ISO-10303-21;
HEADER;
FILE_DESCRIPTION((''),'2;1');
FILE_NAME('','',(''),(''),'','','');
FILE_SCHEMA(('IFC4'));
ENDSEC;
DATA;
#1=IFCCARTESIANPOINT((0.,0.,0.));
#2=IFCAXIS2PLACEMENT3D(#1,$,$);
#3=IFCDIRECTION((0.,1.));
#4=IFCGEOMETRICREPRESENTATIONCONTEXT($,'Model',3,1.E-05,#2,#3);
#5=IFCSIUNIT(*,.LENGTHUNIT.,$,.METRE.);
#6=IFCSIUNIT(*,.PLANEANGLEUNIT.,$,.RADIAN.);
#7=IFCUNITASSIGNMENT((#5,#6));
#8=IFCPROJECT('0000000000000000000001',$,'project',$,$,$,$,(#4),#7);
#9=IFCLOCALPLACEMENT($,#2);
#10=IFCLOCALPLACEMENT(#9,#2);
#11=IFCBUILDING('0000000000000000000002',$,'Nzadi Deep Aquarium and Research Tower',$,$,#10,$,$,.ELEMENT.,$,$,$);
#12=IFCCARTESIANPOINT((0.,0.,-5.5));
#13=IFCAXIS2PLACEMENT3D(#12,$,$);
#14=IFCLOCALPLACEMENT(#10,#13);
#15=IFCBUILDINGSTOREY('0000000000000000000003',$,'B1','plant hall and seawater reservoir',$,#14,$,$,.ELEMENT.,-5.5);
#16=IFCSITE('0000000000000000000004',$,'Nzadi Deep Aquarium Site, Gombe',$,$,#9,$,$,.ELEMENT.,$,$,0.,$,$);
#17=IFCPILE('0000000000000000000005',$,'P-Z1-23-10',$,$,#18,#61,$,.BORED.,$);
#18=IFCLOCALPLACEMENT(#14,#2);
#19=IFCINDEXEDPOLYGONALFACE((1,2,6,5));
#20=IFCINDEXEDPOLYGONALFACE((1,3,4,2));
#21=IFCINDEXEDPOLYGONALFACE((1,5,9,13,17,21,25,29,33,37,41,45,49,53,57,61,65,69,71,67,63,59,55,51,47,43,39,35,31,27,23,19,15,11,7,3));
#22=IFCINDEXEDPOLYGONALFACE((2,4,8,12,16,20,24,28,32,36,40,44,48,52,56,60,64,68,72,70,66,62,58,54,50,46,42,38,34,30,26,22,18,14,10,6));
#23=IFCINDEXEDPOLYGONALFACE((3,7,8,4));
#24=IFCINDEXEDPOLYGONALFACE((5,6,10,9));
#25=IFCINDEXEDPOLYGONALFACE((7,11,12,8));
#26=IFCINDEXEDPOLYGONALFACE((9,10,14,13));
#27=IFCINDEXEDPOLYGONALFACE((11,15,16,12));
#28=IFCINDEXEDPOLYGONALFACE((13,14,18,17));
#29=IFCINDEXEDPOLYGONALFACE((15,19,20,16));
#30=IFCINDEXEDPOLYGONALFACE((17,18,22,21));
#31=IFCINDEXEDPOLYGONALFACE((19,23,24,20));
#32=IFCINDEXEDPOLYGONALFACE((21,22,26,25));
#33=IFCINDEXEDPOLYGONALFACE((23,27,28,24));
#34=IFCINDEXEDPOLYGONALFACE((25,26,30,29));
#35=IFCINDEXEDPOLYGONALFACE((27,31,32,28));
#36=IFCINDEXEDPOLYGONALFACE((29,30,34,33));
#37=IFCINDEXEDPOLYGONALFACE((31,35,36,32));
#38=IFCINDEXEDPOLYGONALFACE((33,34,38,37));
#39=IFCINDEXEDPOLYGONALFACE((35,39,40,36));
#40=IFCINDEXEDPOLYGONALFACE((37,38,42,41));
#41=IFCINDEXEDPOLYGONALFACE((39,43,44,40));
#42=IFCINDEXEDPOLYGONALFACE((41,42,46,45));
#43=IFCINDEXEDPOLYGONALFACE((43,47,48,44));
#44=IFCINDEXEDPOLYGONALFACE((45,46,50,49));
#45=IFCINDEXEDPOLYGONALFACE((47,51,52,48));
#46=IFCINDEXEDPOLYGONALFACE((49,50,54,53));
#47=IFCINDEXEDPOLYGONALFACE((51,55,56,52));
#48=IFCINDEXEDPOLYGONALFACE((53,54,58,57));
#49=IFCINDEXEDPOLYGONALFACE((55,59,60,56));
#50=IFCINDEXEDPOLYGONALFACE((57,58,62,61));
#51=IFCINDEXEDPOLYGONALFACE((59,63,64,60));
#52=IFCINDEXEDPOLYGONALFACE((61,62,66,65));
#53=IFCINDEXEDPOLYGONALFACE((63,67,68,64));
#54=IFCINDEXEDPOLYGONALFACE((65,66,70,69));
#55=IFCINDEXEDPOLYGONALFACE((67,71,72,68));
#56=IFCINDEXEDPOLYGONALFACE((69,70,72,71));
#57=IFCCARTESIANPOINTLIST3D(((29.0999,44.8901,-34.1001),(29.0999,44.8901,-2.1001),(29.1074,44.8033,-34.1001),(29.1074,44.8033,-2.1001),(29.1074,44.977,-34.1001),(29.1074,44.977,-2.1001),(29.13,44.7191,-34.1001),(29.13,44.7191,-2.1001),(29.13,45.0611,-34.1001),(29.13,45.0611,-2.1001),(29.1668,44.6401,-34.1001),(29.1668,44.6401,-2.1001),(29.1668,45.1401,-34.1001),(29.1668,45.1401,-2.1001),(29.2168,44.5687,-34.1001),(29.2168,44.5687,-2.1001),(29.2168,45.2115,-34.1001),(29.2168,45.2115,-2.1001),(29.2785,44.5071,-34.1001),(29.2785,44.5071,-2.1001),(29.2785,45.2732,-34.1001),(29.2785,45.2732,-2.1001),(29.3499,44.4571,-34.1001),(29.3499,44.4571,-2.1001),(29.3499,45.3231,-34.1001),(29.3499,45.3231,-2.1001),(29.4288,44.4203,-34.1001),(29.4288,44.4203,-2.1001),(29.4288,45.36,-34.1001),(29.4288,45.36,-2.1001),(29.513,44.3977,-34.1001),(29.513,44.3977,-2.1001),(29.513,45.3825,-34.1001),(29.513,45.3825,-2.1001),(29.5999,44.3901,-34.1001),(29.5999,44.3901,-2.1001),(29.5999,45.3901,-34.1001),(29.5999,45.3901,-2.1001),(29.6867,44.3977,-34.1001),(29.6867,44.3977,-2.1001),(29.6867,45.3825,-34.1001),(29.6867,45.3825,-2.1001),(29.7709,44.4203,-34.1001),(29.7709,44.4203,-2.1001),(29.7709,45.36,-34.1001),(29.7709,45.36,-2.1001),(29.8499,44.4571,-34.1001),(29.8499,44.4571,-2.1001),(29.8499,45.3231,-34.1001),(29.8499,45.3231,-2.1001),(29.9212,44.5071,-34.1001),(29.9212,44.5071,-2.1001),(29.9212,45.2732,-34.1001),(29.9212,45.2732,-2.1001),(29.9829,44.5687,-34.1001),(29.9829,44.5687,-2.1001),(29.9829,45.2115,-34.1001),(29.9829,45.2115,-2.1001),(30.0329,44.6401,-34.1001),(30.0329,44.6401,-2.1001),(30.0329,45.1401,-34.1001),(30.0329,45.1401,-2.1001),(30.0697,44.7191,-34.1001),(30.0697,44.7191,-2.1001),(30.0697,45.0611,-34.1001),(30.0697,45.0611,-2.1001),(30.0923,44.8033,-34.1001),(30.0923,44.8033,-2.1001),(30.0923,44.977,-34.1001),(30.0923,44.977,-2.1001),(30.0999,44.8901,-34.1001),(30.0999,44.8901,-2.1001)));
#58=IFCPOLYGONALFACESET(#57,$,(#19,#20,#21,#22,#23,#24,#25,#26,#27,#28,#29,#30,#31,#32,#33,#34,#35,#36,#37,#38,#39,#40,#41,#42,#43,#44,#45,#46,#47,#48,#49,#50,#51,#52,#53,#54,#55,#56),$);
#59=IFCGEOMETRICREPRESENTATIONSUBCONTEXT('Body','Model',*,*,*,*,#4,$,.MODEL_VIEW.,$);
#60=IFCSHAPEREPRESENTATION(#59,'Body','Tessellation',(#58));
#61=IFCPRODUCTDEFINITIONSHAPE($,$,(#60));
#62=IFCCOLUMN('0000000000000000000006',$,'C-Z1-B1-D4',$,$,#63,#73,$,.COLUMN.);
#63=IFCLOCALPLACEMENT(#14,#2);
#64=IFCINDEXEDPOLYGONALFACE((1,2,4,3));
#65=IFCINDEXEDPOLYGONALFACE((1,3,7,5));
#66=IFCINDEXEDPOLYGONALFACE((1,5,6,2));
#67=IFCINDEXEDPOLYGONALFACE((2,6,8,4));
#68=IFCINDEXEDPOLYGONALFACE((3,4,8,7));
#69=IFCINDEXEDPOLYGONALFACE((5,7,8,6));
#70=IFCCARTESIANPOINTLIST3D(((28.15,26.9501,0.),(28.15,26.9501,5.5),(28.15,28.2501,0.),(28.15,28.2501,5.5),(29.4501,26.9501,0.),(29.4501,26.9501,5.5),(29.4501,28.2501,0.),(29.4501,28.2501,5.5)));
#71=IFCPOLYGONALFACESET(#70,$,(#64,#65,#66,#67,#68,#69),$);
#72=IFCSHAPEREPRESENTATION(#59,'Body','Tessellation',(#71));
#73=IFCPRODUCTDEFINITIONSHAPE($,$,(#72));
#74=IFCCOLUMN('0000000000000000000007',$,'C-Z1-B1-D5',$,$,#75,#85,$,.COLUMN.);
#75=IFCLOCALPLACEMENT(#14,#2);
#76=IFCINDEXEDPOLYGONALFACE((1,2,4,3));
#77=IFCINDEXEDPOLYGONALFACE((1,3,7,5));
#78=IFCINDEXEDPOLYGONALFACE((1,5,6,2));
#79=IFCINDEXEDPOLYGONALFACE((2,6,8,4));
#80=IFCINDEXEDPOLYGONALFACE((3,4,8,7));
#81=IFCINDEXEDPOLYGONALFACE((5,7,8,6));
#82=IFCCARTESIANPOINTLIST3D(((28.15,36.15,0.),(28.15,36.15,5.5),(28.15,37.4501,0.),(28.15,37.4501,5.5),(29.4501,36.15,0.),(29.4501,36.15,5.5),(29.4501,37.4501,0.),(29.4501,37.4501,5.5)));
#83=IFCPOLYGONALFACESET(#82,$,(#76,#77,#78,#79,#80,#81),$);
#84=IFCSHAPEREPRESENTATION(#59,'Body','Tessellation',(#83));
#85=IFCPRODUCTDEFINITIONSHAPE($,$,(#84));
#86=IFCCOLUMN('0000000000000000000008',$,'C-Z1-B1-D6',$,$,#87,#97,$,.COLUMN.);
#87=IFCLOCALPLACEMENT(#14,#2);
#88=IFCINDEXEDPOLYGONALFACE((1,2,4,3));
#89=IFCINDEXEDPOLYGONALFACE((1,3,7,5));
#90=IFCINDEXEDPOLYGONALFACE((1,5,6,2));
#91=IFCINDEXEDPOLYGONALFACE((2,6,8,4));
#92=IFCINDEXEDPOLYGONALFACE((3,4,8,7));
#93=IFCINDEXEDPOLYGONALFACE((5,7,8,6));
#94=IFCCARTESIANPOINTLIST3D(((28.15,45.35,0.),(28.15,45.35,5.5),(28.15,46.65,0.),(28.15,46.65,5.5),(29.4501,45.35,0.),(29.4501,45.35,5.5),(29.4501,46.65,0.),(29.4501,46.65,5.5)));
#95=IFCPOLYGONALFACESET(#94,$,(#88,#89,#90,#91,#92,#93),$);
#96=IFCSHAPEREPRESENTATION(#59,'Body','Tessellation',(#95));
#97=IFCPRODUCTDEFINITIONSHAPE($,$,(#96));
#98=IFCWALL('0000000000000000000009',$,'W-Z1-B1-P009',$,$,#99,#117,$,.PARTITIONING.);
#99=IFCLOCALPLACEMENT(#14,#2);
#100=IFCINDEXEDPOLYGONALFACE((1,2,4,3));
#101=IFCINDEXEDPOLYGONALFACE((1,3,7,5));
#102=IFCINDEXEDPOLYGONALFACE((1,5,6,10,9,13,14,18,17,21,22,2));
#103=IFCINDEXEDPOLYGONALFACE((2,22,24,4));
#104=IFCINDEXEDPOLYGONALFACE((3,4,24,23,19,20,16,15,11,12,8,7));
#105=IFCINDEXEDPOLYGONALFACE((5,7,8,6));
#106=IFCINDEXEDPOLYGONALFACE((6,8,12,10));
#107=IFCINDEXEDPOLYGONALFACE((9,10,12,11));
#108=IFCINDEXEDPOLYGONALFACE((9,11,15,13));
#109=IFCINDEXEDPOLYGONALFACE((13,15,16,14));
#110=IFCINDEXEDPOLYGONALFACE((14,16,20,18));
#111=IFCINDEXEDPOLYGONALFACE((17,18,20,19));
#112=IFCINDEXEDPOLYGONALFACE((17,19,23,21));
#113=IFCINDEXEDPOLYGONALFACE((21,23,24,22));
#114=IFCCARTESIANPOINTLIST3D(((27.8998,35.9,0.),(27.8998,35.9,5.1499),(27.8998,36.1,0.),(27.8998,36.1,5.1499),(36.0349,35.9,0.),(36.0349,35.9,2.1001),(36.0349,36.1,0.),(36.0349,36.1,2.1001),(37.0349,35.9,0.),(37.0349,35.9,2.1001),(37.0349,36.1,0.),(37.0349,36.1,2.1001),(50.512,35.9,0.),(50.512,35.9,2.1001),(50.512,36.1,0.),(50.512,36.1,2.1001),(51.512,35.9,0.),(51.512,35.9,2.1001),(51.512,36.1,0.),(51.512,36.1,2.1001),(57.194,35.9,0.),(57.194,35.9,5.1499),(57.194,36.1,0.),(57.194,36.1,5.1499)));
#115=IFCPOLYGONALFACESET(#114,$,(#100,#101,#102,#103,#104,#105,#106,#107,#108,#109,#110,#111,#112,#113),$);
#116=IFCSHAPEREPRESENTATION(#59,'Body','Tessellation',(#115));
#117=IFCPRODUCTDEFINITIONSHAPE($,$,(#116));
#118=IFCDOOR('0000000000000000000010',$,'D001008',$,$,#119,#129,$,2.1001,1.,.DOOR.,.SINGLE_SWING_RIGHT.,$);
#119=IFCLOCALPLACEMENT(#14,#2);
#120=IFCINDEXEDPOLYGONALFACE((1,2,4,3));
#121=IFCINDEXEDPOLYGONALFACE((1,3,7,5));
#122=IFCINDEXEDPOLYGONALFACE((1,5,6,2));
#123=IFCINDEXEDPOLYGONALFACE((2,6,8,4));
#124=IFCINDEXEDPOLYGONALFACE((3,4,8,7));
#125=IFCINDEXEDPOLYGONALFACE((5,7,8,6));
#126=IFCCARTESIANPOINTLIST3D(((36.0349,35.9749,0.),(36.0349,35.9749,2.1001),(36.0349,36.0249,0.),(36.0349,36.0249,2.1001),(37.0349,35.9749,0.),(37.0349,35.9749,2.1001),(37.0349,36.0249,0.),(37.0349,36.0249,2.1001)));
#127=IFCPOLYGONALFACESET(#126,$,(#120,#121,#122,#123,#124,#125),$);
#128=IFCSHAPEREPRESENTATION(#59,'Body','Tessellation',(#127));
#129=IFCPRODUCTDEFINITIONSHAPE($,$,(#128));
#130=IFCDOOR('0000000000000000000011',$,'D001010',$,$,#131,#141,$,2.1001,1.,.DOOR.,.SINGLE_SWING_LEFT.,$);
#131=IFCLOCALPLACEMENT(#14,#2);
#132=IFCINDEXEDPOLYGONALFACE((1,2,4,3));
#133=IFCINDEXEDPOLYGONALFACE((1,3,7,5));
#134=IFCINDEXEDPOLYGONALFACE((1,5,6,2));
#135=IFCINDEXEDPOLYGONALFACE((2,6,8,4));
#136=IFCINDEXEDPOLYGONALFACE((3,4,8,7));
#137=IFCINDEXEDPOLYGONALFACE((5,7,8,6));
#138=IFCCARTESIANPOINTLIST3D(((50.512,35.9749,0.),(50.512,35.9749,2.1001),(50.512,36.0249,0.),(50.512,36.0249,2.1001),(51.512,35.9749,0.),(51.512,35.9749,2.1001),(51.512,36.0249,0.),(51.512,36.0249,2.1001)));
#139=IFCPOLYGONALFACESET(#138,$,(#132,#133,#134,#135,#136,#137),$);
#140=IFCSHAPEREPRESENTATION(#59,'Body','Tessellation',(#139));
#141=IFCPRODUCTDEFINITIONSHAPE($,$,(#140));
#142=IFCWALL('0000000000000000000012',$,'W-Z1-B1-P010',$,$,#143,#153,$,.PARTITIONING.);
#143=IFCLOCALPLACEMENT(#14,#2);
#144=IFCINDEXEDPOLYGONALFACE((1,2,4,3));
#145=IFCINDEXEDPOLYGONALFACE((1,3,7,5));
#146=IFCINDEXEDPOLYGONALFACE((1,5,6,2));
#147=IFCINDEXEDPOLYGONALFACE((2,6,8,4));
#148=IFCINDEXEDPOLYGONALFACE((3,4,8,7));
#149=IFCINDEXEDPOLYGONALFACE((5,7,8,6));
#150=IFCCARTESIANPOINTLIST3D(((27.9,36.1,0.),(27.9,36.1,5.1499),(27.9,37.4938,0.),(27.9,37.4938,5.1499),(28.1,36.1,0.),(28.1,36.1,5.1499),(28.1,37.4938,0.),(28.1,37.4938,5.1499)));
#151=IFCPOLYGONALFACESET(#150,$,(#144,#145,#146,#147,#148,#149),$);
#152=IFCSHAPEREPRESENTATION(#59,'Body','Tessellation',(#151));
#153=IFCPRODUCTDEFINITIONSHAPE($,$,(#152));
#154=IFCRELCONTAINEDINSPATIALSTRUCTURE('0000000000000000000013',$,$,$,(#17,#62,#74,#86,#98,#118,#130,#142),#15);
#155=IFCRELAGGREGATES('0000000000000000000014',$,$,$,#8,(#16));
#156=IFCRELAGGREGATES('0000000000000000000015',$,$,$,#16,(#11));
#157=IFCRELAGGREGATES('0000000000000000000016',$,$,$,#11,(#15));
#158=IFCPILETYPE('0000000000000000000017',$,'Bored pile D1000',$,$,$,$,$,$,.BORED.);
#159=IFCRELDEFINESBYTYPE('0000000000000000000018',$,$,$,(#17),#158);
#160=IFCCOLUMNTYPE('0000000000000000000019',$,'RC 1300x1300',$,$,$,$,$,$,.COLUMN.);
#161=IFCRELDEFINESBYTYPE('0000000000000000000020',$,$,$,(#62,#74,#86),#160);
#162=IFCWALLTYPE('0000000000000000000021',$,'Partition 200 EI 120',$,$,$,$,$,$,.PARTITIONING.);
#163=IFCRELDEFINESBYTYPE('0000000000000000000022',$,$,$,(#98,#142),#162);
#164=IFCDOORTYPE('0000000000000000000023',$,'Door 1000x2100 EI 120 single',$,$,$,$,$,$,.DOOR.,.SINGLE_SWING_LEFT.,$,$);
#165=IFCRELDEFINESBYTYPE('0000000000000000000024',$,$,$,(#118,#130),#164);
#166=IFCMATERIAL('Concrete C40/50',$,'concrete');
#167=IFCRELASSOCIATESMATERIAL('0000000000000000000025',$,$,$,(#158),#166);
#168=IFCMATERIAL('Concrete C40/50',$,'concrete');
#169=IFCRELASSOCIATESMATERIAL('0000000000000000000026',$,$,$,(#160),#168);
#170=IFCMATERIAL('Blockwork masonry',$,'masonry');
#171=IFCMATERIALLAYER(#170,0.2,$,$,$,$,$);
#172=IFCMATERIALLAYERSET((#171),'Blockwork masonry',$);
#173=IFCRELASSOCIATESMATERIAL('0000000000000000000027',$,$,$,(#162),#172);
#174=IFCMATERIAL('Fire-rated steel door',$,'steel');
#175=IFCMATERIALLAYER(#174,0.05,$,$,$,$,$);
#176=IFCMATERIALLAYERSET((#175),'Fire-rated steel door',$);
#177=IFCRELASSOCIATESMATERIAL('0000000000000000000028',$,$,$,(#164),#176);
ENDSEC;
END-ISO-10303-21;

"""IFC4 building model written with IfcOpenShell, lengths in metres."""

from ifc_helpers import new_model, si_unit, direction, frame, frame_2d, origin, origin_2d, place, context, subcontext, project, spatial, rectangle, circle, extrude, material, layer, layer_set, material_profile, profile_set, type_object, element, fill, save


model = new_model("IFC4")

# Units and contexts
model_context = context("Model", 3, precision=1e-05, world=origin(), true_north=direction((0.0, 1.0)))
body_context = subcontext(model_context, "Body", "Model", "MODEL_VIEW")
ifc_project = project(units=[si_unit("LENGTHUNIT", "METRE"), si_unit("PLANEANGLEUNIT", "RADIAN")], contexts=[model_context])

# Site, building, storey
site_placement = place(None, origin())
site = spatial("IfcSite", under=ifc_project, at=site_placement, Name="Nzadi Deep Aquarium Site, Gombe", CompositionType="ELEMENT", RefElevation=0.0)
building_placement = place(site_placement, origin())
building = spatial("IfcBuilding", under=site, at=building_placement, Name="Nzadi Deep Aquarium and Research Tower", CompositionType="ELEMENT")
storey_placement = place(building_placement, frame((0.0, 0.0, -5.5)))
storey = spatial("IfcBuildingStorey", under=building, at=storey_placement, Name="B1", Description="plant hall and seawater reservoir", CompositionType="ELEMENT", Elevation=-5.5)

# Pile
ifc_material_1 = material(Name="Concrete C40/50", Category="concrete")
ifc_material_profile_1 = material_profile(ifc_material_1, circle(Radius=0.5, at=origin_2d()))
ifc_profile_set_1 = profile_set([ifc_material_profile_1], Name="Concrete C40/50")
pile_type = type_object("IfcPileType", Name="Bored pile D1000", PredefinedType="BORED", material=ifc_profile_set_1)
for number, where, z_axis, x_axis, name in (
    (1, (29.5999, 44.8901, -2.1001), (0.0, 0.0, -1.0), (1.0, 0.0, 0.0), "P-Z1-23-10"),
):
    element("IfcPile", number, at=place(storey_placement, frame(where, z_axis=z_axis, x_axis=x_axis)), inside=storey, type_object=pile_type, Name=name, PredefinedType="BORED", context=body_context, shape_type="SweptSolid", body=[
        extrude(circle(Radius=0.5, at=origin_2d()), origin(), (0.0, 0.0, 1.0), 32.0),
    ])

# Columns
ifc_material_2 = material(Name="Concrete C40/50", Category="concrete")
ifc_material_profile_2 = material_profile(ifc_material_2, rectangle(XDim=1.3, YDim=1.3, at=origin_2d()))
ifc_profile_set_2 = profile_set([ifc_material_profile_2], Name="Concrete C40/50")
column_type = type_object("IfcColumnType", Name="RC 1300x1300", PredefinedType="COLUMN", material=ifc_profile_set_2)
for number, where, z_axis, x_axis, name in (
    (2, (28.8, 27.6001, 0.0), (0.0, 0.0, 1.0), (1.0, 0.0, 0.0), "C-Z1-B1-D4"),
    (3, (28.8, 36.8, 0.0), (0.0, 0.0, 1.0), (1.0, 0.0, 0.0), "C-Z1-B1-D5"),
    (4, (28.8, 46.0, 0.0), (0.0, 0.0, 1.0), (1.0, 0.0, 0.0), "C-Z1-B1-D6"),
):
    element("IfcColumn", number, at=place(storey_placement, frame(where, z_axis=z_axis, x_axis=x_axis)), inside=storey, type_object=column_type, Name=name, PredefinedType="COLUMN", context=body_context, shape_type="SweptSolid", body=[
        extrude(rectangle(XDim=1.3, YDim=1.3, at=origin_2d()), origin(), (0.0, 0.0, 1.0), 5.5),
    ])

# Wall, openings, doors
ifc_material_3 = material(Name="Blockwork masonry", Category="masonry")
ifc_layer_1 = layer(ifc_material_3, 0.2)
ifc_layer_set_1 = layer_set([ifc_layer_1], Name="Blockwork masonry")
wall_type_1 = type_object("IfcWallType", Name="Partition 200 EI 120", PredefinedType="PARTITIONING", material=ifc_layer_set_1)
wall_1_placement = place(storey_placement, frame((27.8999, 36.0, 0.0), z_axis=(0.0, 0.0, 1.0), x_axis=(1.0, 0.0, 0.0)))
wall_1 = element("IfcWall", 5, at=wall_1_placement, inside=storey, type_object=wall_type_1, Name="W-Z1-B1-P009", PredefinedType="PARTITIONING", context=body_context, shape_type="SweptSolid", body=[
    extrude(rectangle(XDim=29.2942, YDim=0.2, at=frame_2d((14.647, 0.0))), origin(), (0.0, 0.0, 1.0), 5.1499),
])
opening_1_placement = place(wall_1_placement, frame((8.135, 0.0, 0.0)))
opening_1 = element("IfcOpeningElement", 6, at=opening_1_placement, cuts=wall_1, PredefinedType="OPENING", context=body_context, shape_type="SweptSolid", body=[
    extrude(rectangle(XDim=1.0, YDim=2.1001, at=frame_2d((0.5, 1.05))), frame((0.0, 0.1101, 0.0), z_axis=(0.0, -1.0, 0.0), x_axis=(1.0, 0.0, 0.0)), (0.0, 0.0, 1.0), 0.2202),
])
opening_2_placement = place(wall_1_placement, frame((22.6121, 0.0, 0.0)))
opening_2 = element("IfcOpeningElement", 7, at=opening_2_placement, cuts=wall_1, PredefinedType="OPENING", context=body_context, shape_type="SweptSolid", body=[
    extrude(rectangle(XDim=1.0, YDim=2.1001, at=frame_2d((0.5, 1.05))), frame((0.0, 0.1101, 0.0), z_axis=(0.0, -1.0, 0.0), x_axis=(1.0, 0.0, 0.0)), (0.0, 0.0, 1.0), 0.2202),
])
ifc_material_4 = material(Name="Fire-rated steel door", Category="steel")
ifc_layer_2 = layer(ifc_material_4, 0.05)
ifc_layer_set_2 = layer_set([ifc_layer_2], Name="Fire-rated steel door")
door_type = type_object("IfcDoorType", Name="Door 1000x2100 EI 120 single", OperationType="SINGLE_SWING_LEFT", PredefinedType="DOOR", material=ifc_layer_set_2)
door_1_placement = place(opening_1_placement, origin())
door_1 = element("IfcDoor", 8, at=door_1_placement, inside=storey, type_object=door_type, Name="D001008", OperationType="SINGLE_SWING_RIGHT", OverallHeight=2.1001, OverallWidth=1.0, PredefinedType="DOOR", context=body_context, shape_type="SweptSolid", body=[
    extrude(rectangle(XDim=1.0, YDim=2.1001, at=frame_2d((0.5, 1.05))), frame((0.0, 0.0249, 0.0), z_axis=(0.0, -1.0, 0.0), x_axis=(1.0, 0.0, 0.0)), (0.0, 0.0, 1.0), 0.05),
])
fill(opening_1, door_1)
door_2_placement = place(opening_2_placement, origin())
door_2 = element("IfcDoor", 9, at=door_2_placement, inside=storey, type_object=door_type, Name="D001010", OperationType="SINGLE_SWING_LEFT", OverallHeight=2.1001, OverallWidth=1.0, PredefinedType="DOOR", context=body_context, shape_type="SweptSolid", body=[
    extrude(rectangle(XDim=1.0, YDim=2.1001, at=frame_2d((0.5, 1.05))), frame((0.0, 0.0249, 0.0), z_axis=(0.0, -1.0, 0.0), x_axis=(1.0, 0.0, 0.0)), (0.0, 0.0, 1.0), 0.05),
])
fill(opening_2, door_2)

# Wall
wall_2_placement = place(storey_placement, frame((28.0, 36.1001, 0.0), z_axis=(0.0, 0.0, 1.0), x_axis=(0.0, 1.0, 0.0)))
element("IfcWall", 10, at=wall_2_placement, inside=storey, type_object=wall_type_1, Name="W-Z1-B1-P010", PredefinedType="PARTITIONING", context=body_context, shape_type="SweptSolid", body=[
    extrude(rectangle(XDim=1.3938, YDim=0.2, at=frame_2d((0.6968, 0.0))), origin(), (0.0, 0.0, 1.0), 5.1499),
])

save(model, "model.ifc")
